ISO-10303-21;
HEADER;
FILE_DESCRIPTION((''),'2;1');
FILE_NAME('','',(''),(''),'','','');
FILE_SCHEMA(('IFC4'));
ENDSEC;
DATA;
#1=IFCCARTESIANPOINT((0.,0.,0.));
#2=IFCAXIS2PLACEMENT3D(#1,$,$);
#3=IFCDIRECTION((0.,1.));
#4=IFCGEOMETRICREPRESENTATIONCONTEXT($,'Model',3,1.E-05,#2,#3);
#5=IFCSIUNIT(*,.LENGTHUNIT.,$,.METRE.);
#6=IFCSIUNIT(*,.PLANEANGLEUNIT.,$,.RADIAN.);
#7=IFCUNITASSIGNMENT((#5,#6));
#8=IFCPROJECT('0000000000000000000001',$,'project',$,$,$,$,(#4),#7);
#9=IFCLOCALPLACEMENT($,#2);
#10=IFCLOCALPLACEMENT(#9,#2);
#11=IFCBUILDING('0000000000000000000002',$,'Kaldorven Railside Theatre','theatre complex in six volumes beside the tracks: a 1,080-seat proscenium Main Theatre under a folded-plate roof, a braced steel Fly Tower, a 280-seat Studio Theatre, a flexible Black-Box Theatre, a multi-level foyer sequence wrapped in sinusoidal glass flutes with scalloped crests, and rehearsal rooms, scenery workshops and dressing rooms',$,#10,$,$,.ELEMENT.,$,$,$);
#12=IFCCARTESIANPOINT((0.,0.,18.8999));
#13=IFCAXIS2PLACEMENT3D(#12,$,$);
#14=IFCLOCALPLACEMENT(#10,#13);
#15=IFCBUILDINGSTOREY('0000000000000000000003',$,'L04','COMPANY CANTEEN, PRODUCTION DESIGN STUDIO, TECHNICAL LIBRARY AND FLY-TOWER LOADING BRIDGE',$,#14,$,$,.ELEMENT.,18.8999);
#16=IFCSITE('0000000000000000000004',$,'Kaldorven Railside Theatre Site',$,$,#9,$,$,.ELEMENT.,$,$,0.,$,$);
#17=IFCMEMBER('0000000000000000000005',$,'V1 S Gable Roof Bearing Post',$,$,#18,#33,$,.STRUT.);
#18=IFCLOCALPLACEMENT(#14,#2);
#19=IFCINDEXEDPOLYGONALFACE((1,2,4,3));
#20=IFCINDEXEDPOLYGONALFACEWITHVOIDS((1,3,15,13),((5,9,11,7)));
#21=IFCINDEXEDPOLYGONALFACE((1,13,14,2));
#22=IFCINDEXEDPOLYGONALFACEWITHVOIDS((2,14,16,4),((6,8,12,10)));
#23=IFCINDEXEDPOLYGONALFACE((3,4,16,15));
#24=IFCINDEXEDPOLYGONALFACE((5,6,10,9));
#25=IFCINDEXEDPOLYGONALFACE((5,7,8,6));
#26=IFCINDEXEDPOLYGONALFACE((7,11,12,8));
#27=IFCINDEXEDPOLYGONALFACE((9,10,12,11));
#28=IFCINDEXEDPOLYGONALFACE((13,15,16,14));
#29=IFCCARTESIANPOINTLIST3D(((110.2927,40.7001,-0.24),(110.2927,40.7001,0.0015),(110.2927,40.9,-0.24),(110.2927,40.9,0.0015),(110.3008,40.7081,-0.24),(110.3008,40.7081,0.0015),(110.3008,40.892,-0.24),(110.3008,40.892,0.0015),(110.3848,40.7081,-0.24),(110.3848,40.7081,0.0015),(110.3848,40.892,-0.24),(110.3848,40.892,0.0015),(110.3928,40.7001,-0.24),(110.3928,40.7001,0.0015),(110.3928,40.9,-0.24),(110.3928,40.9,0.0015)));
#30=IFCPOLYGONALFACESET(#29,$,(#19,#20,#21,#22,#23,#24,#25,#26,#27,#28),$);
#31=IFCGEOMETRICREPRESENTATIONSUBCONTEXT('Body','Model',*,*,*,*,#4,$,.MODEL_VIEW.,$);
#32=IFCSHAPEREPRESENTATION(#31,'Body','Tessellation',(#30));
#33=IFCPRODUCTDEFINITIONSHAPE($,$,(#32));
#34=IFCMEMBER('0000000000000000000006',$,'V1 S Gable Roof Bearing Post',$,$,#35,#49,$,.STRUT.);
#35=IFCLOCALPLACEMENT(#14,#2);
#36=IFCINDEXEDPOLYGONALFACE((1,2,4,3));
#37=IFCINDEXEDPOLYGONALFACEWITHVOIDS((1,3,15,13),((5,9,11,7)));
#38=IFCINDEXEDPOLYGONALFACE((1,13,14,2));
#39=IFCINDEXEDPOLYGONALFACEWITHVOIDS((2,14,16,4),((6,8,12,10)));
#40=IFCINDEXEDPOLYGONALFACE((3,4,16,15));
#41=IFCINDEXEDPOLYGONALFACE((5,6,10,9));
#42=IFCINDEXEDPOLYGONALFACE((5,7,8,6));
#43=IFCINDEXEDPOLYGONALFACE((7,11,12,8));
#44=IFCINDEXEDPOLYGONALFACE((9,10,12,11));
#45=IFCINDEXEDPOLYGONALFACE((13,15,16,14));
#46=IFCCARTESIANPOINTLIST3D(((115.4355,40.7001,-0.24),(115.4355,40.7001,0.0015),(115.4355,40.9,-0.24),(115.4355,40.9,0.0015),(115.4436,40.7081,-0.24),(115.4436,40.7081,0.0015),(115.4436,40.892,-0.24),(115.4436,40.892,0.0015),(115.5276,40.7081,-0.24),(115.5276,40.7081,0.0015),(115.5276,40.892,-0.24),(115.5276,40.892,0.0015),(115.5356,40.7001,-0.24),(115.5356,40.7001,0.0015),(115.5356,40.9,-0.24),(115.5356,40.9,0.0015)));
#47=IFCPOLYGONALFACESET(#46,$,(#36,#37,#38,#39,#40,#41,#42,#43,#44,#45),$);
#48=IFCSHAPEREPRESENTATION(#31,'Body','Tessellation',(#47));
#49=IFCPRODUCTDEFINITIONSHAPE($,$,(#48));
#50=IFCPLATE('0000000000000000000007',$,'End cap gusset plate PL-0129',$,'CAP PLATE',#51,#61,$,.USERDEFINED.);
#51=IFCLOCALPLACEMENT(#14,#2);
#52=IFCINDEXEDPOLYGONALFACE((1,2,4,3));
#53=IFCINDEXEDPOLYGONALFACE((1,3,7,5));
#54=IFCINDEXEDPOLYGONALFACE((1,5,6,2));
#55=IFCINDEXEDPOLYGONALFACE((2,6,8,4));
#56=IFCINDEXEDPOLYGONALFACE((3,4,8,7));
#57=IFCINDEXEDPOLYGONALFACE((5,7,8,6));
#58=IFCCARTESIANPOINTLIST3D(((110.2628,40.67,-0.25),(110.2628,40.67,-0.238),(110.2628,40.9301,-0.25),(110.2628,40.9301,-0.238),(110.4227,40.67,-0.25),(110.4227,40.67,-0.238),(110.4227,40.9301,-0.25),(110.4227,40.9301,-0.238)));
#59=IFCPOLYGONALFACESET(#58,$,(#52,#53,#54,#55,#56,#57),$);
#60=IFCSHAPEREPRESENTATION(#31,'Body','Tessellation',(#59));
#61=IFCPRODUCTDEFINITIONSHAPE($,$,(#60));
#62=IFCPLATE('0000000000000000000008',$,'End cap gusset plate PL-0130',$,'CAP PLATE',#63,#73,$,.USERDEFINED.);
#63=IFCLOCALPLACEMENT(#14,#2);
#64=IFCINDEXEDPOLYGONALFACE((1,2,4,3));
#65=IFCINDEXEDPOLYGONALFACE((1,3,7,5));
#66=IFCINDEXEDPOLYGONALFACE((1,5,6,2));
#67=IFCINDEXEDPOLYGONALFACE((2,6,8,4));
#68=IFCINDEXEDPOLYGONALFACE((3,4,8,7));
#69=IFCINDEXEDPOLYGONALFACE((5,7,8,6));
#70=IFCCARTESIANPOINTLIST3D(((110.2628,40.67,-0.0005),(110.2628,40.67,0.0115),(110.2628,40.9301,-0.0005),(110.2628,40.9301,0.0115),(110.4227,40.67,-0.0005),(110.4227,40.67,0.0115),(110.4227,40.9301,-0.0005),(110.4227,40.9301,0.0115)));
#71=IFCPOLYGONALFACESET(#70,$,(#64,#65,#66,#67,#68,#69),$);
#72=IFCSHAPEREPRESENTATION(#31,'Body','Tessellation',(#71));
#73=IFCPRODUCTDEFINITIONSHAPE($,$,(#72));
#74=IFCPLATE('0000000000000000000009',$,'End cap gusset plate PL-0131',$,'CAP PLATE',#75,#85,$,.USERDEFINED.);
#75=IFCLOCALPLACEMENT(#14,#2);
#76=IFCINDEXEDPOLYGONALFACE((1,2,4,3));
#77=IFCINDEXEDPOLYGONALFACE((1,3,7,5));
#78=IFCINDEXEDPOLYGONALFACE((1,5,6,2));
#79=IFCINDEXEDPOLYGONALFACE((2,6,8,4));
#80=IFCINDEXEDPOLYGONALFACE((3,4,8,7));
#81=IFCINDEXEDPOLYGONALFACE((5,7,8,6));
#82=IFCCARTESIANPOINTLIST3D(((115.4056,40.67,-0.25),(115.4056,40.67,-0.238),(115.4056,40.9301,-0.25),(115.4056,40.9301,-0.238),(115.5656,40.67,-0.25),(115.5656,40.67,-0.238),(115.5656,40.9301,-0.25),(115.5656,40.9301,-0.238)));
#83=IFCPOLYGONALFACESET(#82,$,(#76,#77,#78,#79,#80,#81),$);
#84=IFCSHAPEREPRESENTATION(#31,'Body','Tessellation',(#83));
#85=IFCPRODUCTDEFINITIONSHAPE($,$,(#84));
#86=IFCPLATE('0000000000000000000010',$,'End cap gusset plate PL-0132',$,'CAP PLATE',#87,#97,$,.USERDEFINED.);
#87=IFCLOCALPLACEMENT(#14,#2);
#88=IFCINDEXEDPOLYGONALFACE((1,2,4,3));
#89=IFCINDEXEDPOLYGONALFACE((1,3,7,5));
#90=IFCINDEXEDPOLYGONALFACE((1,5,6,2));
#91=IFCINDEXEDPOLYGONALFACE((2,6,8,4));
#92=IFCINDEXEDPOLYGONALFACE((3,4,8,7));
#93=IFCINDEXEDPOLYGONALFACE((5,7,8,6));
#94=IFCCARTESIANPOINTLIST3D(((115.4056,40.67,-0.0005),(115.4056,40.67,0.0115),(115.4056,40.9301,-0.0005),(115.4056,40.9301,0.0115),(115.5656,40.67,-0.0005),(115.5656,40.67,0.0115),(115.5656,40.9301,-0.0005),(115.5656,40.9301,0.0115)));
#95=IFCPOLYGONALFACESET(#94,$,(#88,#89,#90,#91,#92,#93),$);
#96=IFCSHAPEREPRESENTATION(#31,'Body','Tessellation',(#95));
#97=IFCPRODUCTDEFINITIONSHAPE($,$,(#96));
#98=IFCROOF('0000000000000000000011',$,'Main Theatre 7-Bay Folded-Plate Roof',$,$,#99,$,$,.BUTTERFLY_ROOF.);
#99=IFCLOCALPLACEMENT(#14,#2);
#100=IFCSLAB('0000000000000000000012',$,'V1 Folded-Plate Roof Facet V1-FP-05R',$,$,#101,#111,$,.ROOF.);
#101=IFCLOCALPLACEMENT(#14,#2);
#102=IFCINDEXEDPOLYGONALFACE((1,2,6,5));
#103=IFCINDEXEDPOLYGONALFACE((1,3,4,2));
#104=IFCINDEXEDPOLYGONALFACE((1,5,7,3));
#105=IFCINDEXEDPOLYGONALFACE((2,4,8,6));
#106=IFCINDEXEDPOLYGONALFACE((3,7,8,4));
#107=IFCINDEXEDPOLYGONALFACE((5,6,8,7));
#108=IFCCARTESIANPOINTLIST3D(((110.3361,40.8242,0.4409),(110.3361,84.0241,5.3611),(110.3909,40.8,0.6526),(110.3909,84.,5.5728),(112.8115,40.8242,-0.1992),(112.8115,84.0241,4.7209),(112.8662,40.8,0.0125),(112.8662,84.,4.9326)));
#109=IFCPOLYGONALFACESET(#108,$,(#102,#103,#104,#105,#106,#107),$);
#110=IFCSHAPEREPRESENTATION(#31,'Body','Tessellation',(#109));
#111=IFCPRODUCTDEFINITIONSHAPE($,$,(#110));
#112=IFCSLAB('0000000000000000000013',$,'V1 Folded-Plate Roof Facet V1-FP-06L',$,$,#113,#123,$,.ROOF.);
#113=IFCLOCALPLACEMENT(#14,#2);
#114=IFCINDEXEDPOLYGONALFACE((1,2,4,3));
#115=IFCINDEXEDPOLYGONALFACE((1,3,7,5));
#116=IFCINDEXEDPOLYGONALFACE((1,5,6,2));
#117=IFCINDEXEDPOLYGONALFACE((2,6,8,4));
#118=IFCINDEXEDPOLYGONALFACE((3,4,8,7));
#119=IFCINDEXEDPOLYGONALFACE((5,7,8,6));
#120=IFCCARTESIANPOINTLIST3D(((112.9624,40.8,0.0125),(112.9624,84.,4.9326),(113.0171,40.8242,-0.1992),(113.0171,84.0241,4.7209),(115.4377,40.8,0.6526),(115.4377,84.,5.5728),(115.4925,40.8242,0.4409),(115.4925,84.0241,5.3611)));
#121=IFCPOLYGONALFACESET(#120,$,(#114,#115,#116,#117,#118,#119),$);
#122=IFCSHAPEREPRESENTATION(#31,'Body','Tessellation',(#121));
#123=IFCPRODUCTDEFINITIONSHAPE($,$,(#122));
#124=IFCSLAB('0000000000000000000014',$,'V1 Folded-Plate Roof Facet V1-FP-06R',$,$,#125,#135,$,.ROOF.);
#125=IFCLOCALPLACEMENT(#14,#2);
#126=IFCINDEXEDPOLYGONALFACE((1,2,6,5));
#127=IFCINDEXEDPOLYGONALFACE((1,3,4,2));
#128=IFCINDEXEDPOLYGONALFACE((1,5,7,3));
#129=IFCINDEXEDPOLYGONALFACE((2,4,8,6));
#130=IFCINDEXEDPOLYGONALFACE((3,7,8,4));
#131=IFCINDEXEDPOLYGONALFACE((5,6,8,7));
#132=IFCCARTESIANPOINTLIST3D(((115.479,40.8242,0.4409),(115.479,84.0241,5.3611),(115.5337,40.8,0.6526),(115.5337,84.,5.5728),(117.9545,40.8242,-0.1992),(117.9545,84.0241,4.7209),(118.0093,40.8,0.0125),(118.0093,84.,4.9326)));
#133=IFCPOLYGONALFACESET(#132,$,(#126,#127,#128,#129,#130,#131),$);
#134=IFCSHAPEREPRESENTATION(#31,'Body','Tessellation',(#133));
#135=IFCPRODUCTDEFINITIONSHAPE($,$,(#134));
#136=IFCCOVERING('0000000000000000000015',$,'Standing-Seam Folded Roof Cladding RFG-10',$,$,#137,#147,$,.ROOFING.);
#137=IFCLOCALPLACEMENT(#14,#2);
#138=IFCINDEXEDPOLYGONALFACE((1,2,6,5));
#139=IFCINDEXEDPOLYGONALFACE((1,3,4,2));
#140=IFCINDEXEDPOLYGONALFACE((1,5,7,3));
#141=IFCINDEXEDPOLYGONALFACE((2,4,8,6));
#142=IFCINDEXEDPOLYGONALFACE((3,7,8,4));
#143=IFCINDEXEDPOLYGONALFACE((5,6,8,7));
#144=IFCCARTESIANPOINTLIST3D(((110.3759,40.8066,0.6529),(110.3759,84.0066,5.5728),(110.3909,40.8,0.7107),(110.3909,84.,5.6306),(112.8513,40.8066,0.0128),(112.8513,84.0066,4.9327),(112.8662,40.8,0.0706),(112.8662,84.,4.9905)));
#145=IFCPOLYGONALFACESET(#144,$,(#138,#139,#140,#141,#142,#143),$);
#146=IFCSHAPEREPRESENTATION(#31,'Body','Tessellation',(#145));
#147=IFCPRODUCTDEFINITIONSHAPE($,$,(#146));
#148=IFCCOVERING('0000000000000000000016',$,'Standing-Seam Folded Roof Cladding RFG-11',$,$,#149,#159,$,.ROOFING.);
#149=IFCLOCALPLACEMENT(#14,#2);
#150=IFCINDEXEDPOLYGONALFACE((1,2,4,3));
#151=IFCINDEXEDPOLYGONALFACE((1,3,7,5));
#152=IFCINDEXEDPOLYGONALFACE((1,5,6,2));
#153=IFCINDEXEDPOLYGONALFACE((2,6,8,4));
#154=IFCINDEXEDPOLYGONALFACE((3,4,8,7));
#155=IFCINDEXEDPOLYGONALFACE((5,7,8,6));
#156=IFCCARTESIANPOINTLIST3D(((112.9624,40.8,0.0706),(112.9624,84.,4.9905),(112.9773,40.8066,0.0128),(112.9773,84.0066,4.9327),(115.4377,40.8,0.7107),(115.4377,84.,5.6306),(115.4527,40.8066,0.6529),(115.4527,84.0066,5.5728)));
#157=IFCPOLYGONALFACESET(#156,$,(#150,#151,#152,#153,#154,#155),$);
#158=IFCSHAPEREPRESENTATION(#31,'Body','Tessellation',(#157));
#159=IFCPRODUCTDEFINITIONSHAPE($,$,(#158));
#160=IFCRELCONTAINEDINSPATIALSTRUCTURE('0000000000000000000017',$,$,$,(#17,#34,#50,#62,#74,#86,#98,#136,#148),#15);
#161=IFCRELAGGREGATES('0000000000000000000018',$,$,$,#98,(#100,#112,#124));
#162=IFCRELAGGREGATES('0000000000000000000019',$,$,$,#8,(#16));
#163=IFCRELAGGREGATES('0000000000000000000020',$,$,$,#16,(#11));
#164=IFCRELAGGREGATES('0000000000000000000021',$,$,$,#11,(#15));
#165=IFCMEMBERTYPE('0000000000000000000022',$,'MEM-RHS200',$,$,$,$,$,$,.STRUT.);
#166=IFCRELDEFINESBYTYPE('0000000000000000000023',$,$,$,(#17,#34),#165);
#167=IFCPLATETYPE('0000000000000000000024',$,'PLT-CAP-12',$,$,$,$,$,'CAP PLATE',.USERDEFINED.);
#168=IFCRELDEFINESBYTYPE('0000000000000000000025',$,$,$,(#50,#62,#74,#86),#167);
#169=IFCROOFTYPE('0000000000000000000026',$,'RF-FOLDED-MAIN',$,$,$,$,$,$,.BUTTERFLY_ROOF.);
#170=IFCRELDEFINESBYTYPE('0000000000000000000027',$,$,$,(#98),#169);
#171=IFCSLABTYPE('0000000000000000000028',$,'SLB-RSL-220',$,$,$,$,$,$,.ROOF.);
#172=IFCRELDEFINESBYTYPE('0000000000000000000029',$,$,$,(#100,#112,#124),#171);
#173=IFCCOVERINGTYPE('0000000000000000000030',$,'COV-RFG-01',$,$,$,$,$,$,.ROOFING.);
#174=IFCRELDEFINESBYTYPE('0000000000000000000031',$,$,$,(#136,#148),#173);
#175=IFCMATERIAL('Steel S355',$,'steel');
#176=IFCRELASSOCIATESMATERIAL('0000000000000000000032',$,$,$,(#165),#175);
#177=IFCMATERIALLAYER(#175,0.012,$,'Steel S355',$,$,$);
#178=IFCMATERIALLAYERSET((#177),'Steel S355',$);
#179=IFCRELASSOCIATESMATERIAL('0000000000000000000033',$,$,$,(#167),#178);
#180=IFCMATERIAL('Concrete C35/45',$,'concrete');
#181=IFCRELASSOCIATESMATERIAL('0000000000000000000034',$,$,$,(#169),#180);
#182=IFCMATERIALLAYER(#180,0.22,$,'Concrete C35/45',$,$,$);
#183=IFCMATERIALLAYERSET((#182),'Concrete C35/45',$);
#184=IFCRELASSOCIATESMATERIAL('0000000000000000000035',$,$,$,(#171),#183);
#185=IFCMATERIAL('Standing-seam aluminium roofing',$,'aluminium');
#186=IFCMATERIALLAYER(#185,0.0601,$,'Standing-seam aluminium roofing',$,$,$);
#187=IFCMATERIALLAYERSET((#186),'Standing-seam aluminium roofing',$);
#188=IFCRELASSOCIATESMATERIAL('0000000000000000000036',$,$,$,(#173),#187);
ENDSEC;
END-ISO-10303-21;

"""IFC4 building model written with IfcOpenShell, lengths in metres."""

from ifc_helpers import new_model, si_unit, direction, frame, origin, origin_2d, place, context, subcontext, project, spatial, polyline, rectangle, hollow_rectangle, outline, extrude, material, layer, layer_set, material_profile, profile_set, type_object, element, aggregate, save


model = new_model("IFC4")

# Units and contexts
model_context = context("Model", 3, precision=1e-05, world=origin(), true_north=direction((0.0, 1.0)))
body_context = subcontext(model_context, "Body", "Model", "MODEL_VIEW")
ifc_project = project(units=[si_unit("LENGTHUNIT", "METRE"), si_unit("PLANEANGLEUNIT", "RADIAN")], contexts=[model_context])

# Site, building, storey
site_placement = place(None, origin())
site = spatial("IfcSite", under=ifc_project, at=site_placement, Name="Kaldorven Railside Theatre Site", CompositionType="ELEMENT", RefElevation=0.0)
building_placement = place(site_placement, origin())
building = spatial("IfcBuilding", under=site, at=building_placement, Name="Kaldorven Railside Theatre", Description="theatre complex in six volumes beside the tracks: a 1,080-seat proscenium Main Theatre under a folded-plate roof, a braced steel Fly Tower, a 280-seat Studio Theatre, a flexible Black-Box Theatre, a multi-level foyer sequence wrapped in sinusoidal glass flutes with scalloped crests, and rehearsal rooms, scenery workshops and dressing rooms", CompositionType="ELEMENT")
storey_placement = place(building_placement, frame((0.0, 0.0, 18.8999)))
storey = spatial("IfcBuildingStorey", under=building, at=storey_placement, Name="L04", Description="COMPANY CANTEEN, PRODUCTION DESIGN STUDIO, TECHNICAL LIBRARY AND FLY-TOWER LOADING BRIDGE", CompositionType="ELEMENT", Elevation=18.8999)

# Shared definitions
ifc_material_1 = material(Name="Steel S355", Category="steel")

# Members
ifc_material_profile_1 = material_profile(ifc_material_1, hollow_rectangle(XDim=0.1001, YDim=0.2, WallThickness=0.0081, at=origin_2d()), Name="RHS 200x100x8")
ifc_profile_set_1 = profile_set([ifc_material_profile_1], Name="Steel S355")
member_type = type_object("IfcMemberType", Name="MEM-RHS200", PredefinedType="STRUT", material=ifc_profile_set_1)
for number, where, z_axis, x_axis, name in (
    (1, (110.3428, 40.8, -0.24), (0.0, 0.0, 1.0), (1.0, 0.0, 0.0), "V1 S Gable Roof Bearing Post"),
    (2, (115.4856, 40.8, -0.24), (0.0, 0.0, 1.0), (1.0, 0.0, 0.0), "V1 S Gable Roof Bearing Post"),
):
    element("IfcMember", number, at=place(storey_placement, frame(where, z_axis=z_axis, x_axis=x_axis)), inside=storey, type_object=member_type, Name=name, PredefinedType="STRUT", context=body_context, shape_type="SweptSolid", body=[
        extrude(hollow_rectangle(XDim=0.1001, YDim=0.2, WallThickness=0.0081, at=origin_2d()), origin(), (0.0, 0.0, 1.0), 0.2415),
    ])

# Plates
ifc_layer_1 = layer(ifc_material_1, 0.012, Name="Steel S355")
ifc_layer_set_1 = layer_set([ifc_layer_1], Name="Steel S355")
plate_type = type_object("IfcPlateType", Name="PLT-CAP-12", ElementType="CAP PLATE", PredefinedType="USERDEFINED", material=ifc_layer_set_1)
for number, where, z_axis, x_axis, name in (
    (3, (110.3428, 40.8, -0.25), (0.0, 0.0, 1.0), (1.0, 0.0, 0.0), "End cap gusset plate PL-0129"),
    (4, (110.3428, 40.8, -0.0005), (0.0, 0.0, 1.0), (1.0, 0.0, 0.0), "End cap gusset plate PL-0130"),
    (5, (115.4856, 40.8, -0.25), (0.0, 0.0, 1.0), (1.0, 0.0, 0.0), "End cap gusset plate PL-0131"),
    (6, (115.4856, 40.8, -0.0005), (0.0, 0.0, 1.0), (1.0, 0.0, 0.0), "End cap gusset plate PL-0132"),
):
    element("IfcPlate", number, at=place(storey_placement, frame(where, z_axis=z_axis, x_axis=x_axis)), inside=storey, type_object=plate_type, Name=name, ObjectType="CAP PLATE", PredefinedType="USERDEFINED", context=body_context, shape_type="SweptSolid", body=[
        extrude(rectangle(XDim=0.1599, YDim=0.26, at=origin_2d()), origin(), (0.0, 0.0, 1.0), 0.012),
    ])

# Roof, slabs
ifc_material_2 = material(Name="Concrete C35/45", Category="concrete")
roof_type = type_object("IfcRoofType", Name="RF-FOLDED-MAIN", PredefinedType="BUTTERFLY_ROOF", material=ifc_material_2)
roof_placement = place(storey_placement, origin())
roof = element("IfcRoof", 7, at=roof_placement, inside=storey, type_object=roof_type, Name="Main Theatre 7-Bay Folded-Plate Roof", PredefinedType="BUTTERFLY_ROOF")
ifc_layer_2 = layer(ifc_material_2, 0.22, Name="Concrete C35/45")
ifc_layer_set_2 = layer_set([ifc_layer_2], Name="Concrete C35/45")
slab_type = type_object("IfcSlabType", Name="SLB-RSL-220", PredefinedType="ROOF", material=ifc_layer_set_2)
slab_1_placement = place(storey_placement, frame((110.3909, 40.8, 0.6526), z_axis=(0.248861, -0.109601, 0.962318), x_axis=(0.968151, 0.0, -0.250369)))
slab_1 = element("IfcSlab", 8, at=slab_1_placement, type_object=slab_type, Name="V1 Folded-Plate Roof Facet V1-FP-05R", PredefinedType="ROOF", context=body_context, shape_type="SweptSolid", body=[
    extrude(outline(polyline([(0.0, 0.0), (2.5568, 0.0), (1.3249, 43.4618), (-1.2319, 43.4618), (0.0, 0.0)])), origin(), (0.0, 0.0, -1.0), 0.22),
])
slab_2_placement = place(storey_placement, frame((112.9624, 40.8, 0.0125), z_axis=(-0.248861, -0.109601, 0.962318), x_axis=(0.968151, 0.0, 0.250369)))
slab_2 = element("IfcSlab", 9, at=slab_2_placement, type_object=slab_type, Name="V1 Folded-Plate Roof Facet V1-FP-06L", PredefinedType="ROOF", context=body_context, shape_type="SweptSolid", body=[
    extrude(outline(polyline([(0.0, 0.0), (2.5568, 0.0), (3.7886, 43.4618), (1.2319, 43.4618), (0.0, 0.0)])), origin(), (0.0, 0.0, -1.0), 0.22),
])
slab_3_placement = place(storey_placement, frame((115.5337, 40.8, 0.6526), z_axis=(0.248838, -0.109602, 0.962324), x_axis=(0.968156, 0.0, -0.250346)))
slab_3 = element("IfcSlab", 10, at=slab_3_placement, type_object=slab_type, Name="V1 Folded-Plate Roof Facet V1-FP-06R", PredefinedType="ROOF", context=body_context, shape_type="SweptSolid", body=[
    extrude(outline(polyline([(0.0, 0.0), (2.557, 0.0), (1.3253, 43.4618), (-1.2317, 43.4618), (0.0, 0.0)])), origin(), (0.0, 0.0, -1.0), 0.22),
])
aggregate(roof, [slab_1, slab_2, slab_3])

# Coverings
ifc_material_3 = material(Name="Standing-seam aluminium roofing", Category="aluminium")
ifc_layer_3 = layer(ifc_material_3, 0.0601, Name="Standing-seam aluminium roofing")
ifc_layer_set_3 = layer_set([ifc_layer_3], Name="Standing-seam aluminium roofing")
covering_type = type_object("IfcCoveringType", Name="COV-RFG-01", PredefinedType="ROOFING", material=ifc_layer_set_3)
covering_1_placement = place(storey_placement, frame((110.3909, 40.8, 0.7107), z_axis=(0.248861, -0.109596, 0.962319), x_axis=(0.968151, 0.0, -0.250369)))
element("IfcCovering", 11, at=covering_1_placement, inside=storey, type_object=covering_type, Name="Standing-Seam Folded Roof Cladding RFG-10", PredefinedType="ROOFING", context=body_context, shape_type="SweptSolid", body=[
    extrude(outline(polyline([(0.0, 0.0), (2.5568, 0.0), (1.325, 43.4618), (-1.2318, 43.4618), (0.0, 0.0)])), origin(), (0.0, 0.0, -1.0), 0.0601),
])
covering_2_placement = place(storey_placement, frame((112.9624, 40.8, 0.0706), z_axis=(-0.248861, -0.109596, 0.962319), x_axis=(0.968151, 0.0, 0.250369)))
element("IfcCovering", 12, at=covering_2_placement, inside=storey, type_object=covering_type, Name="Standing-Seam Folded Roof Cladding RFG-11", PredefinedType="ROOFING", context=body_context, shape_type="SweptSolid", body=[
    extrude(outline(polyline([(0.0, 0.0), (2.5568, 0.0), (3.7886, 43.4618), (1.2318, 43.4618), (0.0, 0.0)])), origin(), (0.0, 0.0, -1.0), 0.0601),
])

save(model, "model.ifc")
